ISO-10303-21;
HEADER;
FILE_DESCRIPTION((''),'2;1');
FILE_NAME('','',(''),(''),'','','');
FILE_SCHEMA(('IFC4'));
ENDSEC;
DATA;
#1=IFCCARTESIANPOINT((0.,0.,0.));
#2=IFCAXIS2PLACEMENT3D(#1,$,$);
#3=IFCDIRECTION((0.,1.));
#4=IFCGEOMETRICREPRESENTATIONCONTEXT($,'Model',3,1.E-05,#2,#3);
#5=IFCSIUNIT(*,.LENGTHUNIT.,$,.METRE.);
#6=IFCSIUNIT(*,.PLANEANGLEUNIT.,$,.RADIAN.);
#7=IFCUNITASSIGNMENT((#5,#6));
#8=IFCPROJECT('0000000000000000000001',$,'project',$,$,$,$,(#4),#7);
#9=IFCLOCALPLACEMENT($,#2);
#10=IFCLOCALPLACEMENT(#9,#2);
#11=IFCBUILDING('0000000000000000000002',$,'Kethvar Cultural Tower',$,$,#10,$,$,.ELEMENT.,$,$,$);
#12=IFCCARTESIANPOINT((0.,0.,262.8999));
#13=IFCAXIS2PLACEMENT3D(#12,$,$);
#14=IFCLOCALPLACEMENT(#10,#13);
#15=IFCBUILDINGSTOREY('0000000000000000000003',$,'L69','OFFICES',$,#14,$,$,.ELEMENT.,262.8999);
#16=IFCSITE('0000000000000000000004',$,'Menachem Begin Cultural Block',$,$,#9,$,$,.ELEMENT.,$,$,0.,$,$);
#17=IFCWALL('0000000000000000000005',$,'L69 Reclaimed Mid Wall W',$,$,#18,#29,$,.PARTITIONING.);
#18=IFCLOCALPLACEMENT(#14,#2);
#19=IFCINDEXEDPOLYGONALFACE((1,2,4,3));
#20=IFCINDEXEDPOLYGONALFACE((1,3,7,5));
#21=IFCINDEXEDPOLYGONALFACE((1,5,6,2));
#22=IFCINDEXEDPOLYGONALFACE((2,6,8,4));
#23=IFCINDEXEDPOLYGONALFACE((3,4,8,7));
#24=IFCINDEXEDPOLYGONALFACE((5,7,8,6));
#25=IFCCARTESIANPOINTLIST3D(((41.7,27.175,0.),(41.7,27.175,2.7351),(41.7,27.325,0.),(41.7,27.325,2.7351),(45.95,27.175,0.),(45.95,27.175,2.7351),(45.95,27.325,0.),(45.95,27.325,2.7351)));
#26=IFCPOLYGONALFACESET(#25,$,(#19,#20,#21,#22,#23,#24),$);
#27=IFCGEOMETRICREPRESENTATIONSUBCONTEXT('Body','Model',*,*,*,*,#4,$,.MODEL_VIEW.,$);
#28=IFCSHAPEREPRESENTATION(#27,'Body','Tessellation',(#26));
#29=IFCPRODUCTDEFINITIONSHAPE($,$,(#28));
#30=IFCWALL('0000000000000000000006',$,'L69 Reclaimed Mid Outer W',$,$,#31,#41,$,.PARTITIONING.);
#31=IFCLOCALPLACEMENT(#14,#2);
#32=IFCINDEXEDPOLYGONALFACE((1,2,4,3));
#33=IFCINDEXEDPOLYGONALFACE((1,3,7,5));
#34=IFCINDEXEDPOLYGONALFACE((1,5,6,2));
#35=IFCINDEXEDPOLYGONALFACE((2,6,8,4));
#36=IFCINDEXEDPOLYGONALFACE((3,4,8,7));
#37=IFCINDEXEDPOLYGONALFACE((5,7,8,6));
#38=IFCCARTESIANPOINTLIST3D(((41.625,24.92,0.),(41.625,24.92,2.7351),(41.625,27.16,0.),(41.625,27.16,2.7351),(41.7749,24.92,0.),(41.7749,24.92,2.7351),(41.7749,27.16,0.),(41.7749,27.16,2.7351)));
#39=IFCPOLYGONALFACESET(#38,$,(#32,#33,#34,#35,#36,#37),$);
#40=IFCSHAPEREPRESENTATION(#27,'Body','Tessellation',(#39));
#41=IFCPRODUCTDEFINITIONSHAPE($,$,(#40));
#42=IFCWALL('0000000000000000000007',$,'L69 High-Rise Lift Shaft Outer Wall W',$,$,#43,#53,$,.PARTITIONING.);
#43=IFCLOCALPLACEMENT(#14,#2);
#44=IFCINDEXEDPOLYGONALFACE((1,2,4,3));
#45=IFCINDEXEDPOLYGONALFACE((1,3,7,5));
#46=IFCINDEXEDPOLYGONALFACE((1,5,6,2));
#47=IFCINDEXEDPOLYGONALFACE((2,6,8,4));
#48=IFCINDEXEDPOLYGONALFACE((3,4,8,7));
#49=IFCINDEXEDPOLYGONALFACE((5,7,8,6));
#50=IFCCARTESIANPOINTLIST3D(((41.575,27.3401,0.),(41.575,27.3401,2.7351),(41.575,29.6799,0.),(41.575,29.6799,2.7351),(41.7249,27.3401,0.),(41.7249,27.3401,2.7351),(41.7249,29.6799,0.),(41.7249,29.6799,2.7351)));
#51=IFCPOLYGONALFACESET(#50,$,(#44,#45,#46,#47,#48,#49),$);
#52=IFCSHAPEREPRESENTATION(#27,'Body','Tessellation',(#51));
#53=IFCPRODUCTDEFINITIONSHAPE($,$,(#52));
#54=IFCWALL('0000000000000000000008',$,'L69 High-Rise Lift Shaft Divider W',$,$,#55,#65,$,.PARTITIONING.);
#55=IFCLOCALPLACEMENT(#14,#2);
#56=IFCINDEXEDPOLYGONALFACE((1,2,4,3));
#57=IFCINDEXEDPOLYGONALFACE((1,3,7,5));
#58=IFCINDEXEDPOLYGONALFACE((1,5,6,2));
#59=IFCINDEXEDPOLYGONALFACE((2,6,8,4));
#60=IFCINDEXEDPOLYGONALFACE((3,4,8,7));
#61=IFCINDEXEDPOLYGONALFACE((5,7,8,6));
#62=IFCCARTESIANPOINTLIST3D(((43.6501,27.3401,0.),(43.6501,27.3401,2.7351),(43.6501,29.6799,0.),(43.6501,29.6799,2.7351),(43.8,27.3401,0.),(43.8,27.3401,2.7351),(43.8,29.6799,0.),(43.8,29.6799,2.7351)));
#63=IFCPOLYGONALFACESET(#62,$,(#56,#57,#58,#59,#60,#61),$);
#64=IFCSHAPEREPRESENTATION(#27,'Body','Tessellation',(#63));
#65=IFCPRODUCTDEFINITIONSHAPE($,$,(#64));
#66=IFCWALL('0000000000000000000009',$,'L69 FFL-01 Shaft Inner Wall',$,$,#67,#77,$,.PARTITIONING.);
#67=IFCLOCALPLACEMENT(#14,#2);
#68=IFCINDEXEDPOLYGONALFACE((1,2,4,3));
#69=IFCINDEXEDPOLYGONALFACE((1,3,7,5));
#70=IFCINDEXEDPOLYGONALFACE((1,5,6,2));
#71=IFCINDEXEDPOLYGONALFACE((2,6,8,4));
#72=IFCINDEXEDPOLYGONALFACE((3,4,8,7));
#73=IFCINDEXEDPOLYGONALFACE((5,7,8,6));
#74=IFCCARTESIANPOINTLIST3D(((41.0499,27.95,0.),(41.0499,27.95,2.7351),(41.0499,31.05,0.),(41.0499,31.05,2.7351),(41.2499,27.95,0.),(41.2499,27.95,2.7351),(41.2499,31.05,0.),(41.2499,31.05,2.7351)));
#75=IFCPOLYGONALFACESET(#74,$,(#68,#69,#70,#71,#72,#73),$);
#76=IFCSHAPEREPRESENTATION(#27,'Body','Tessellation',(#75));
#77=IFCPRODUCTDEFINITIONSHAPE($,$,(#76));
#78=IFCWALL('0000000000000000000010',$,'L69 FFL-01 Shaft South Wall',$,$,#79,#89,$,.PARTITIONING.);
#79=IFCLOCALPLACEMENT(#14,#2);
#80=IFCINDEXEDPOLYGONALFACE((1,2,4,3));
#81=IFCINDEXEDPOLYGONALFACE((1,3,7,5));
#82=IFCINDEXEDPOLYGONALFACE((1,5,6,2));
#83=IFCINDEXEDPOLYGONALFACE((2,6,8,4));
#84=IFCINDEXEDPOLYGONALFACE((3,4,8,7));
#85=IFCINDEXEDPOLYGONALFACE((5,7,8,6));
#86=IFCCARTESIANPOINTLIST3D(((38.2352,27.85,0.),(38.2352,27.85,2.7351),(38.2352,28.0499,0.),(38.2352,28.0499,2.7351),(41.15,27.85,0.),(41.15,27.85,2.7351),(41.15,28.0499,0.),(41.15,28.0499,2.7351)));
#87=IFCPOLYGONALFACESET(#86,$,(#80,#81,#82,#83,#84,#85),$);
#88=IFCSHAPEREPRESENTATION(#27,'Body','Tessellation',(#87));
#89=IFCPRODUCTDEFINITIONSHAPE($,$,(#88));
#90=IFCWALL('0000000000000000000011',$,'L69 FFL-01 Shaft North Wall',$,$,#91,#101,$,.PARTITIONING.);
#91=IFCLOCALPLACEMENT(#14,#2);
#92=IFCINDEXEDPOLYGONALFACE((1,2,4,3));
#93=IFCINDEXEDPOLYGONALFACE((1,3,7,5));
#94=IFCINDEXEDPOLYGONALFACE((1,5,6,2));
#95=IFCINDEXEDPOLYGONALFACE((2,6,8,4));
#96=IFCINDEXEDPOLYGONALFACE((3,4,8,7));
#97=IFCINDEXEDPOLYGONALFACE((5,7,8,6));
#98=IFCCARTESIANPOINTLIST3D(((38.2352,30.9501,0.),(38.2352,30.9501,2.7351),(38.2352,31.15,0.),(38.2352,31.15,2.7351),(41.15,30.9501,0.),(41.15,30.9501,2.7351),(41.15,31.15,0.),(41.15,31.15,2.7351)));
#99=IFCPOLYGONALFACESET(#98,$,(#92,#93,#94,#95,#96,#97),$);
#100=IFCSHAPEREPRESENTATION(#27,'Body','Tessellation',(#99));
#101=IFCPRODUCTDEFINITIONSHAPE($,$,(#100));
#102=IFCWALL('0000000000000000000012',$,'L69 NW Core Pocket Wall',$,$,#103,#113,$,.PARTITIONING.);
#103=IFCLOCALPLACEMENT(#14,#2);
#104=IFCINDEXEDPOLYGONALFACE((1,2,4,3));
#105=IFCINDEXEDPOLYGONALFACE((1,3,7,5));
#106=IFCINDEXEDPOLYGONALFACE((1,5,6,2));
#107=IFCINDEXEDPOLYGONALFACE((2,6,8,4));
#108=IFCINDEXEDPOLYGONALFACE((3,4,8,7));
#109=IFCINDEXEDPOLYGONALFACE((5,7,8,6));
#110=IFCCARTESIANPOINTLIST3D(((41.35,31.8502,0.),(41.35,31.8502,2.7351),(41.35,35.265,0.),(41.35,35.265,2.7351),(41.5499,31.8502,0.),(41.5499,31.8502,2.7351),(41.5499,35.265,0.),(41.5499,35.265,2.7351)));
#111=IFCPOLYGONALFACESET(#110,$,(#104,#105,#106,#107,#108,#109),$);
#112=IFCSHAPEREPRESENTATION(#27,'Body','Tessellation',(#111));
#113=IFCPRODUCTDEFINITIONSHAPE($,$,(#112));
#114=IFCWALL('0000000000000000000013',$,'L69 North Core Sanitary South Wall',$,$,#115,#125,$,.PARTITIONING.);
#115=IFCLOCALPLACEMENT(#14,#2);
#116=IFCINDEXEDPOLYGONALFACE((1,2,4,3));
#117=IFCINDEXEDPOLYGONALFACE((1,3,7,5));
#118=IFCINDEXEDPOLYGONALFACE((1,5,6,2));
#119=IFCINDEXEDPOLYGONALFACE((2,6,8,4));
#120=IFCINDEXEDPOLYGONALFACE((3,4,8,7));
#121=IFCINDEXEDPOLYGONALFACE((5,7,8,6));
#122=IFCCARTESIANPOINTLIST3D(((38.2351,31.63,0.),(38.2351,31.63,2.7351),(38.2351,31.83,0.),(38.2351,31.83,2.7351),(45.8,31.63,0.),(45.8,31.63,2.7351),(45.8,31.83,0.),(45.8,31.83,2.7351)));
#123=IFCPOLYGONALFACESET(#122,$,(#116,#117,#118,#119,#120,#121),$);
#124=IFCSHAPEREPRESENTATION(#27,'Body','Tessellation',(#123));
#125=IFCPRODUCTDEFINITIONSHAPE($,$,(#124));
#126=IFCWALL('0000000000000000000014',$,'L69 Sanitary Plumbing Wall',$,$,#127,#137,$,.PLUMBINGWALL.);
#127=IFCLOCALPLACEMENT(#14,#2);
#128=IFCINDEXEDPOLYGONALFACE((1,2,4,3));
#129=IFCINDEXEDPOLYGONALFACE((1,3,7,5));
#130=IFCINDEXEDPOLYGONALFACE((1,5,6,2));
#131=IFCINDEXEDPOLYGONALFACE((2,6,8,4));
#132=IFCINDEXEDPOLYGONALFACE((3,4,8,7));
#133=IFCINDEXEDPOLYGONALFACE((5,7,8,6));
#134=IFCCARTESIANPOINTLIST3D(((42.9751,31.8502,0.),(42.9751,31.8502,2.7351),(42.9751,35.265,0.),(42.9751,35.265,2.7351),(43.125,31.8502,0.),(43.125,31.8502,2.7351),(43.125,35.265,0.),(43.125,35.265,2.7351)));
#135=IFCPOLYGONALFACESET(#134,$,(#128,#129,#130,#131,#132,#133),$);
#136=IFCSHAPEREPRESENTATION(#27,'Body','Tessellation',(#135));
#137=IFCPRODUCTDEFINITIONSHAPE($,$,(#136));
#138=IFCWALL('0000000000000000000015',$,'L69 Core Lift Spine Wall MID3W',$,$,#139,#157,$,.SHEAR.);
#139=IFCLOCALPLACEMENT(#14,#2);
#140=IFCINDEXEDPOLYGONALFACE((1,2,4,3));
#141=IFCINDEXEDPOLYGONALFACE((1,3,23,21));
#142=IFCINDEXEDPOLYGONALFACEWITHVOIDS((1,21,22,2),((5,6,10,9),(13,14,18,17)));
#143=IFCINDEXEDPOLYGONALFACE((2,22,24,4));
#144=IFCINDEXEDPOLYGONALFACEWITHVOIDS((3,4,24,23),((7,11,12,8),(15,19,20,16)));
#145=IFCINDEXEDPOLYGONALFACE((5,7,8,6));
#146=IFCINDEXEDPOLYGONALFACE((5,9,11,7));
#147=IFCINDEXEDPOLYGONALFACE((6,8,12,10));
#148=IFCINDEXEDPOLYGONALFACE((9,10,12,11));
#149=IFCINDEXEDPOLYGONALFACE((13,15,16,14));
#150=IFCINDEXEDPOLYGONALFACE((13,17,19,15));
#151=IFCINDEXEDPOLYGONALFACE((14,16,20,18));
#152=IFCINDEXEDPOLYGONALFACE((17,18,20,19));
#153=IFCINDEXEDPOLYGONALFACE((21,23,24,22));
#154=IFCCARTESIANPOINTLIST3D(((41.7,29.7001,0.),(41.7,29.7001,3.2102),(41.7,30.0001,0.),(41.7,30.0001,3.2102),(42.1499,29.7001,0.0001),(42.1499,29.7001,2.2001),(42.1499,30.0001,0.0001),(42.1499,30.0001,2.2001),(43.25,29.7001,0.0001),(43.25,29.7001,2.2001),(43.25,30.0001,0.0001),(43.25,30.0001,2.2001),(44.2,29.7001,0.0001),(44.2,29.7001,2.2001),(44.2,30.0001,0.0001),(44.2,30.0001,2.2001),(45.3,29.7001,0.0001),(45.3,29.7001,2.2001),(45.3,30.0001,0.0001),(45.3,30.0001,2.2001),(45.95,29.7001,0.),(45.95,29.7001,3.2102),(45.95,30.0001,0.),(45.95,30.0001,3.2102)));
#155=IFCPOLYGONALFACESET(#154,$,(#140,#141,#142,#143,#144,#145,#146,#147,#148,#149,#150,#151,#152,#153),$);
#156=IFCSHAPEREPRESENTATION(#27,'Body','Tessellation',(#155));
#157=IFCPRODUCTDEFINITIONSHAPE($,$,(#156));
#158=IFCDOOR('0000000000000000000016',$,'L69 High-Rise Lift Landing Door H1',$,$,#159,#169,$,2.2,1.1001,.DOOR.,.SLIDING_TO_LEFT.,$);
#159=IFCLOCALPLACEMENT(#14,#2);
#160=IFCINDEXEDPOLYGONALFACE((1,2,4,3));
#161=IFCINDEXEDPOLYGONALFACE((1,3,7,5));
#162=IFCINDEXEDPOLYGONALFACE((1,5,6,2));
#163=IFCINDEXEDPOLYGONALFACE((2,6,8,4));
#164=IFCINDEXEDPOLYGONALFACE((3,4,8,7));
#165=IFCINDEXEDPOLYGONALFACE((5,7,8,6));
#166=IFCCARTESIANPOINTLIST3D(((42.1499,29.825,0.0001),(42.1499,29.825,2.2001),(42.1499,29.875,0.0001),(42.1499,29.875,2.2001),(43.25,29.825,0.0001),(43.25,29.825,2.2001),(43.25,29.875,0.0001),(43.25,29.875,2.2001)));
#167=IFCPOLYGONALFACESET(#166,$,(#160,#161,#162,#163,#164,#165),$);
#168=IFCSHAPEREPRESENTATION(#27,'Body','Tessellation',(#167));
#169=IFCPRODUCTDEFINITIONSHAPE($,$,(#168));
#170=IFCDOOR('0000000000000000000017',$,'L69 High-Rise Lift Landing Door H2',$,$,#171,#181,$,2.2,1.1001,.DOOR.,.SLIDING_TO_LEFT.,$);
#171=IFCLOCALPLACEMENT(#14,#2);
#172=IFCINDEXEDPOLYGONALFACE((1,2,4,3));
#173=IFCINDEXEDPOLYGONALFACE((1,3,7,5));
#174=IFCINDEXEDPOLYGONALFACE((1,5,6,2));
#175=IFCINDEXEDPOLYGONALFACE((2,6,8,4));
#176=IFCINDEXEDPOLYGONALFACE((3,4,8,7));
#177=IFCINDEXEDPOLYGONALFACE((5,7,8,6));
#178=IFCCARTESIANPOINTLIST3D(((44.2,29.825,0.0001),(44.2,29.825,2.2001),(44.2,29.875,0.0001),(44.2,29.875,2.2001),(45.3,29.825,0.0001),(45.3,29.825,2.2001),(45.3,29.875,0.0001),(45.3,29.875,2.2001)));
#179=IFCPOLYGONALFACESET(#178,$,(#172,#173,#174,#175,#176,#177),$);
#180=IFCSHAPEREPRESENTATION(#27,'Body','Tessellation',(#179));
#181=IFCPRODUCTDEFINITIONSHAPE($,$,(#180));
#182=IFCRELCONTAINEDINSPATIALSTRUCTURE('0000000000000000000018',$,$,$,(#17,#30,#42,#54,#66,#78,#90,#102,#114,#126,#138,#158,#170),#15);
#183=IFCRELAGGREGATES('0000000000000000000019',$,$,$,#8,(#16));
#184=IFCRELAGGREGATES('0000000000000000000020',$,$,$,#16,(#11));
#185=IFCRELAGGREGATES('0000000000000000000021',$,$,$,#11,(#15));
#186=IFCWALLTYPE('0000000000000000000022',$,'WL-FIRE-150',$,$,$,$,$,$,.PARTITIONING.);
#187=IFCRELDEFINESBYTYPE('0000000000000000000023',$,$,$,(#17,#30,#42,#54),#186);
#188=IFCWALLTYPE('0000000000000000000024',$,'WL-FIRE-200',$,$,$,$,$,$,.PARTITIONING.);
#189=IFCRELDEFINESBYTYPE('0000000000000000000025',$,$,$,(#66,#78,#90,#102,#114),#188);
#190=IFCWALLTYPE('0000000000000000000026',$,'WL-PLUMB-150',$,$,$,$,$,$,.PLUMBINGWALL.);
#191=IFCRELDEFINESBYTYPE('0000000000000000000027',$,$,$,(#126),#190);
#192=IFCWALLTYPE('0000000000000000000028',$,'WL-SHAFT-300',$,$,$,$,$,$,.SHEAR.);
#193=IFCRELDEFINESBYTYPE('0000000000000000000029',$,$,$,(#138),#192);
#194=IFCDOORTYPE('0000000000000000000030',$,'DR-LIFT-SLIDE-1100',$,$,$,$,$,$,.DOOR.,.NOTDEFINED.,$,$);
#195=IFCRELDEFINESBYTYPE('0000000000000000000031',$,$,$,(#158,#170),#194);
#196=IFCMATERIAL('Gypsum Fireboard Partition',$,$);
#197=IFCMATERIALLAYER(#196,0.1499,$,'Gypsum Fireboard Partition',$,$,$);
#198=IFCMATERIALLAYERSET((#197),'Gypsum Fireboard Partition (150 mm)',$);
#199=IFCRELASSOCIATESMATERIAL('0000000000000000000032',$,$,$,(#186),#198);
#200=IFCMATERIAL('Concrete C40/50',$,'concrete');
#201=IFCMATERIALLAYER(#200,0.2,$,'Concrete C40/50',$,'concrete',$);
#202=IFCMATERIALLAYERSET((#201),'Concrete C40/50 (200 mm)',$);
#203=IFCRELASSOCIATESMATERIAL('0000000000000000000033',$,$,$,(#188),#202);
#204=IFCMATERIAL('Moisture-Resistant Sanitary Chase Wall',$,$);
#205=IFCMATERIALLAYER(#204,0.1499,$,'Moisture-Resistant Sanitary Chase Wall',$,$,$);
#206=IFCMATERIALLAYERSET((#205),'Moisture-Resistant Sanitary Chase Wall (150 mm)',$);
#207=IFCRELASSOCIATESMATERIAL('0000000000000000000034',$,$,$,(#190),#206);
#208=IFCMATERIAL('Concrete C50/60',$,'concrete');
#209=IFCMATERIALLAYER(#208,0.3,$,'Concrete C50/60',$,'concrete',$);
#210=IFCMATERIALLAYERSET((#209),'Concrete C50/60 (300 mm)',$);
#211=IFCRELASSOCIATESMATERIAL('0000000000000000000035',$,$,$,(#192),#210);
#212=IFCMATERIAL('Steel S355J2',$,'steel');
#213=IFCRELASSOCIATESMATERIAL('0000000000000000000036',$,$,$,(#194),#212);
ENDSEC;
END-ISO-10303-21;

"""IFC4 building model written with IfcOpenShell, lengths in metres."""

from ifc_helpers import new_model, si_unit, direction, frame, frame_2d, origin, place, context, subcontext, project, spatial, rectangle, extrude, source, transform, mapped, material, layer, layer_set, type_object, element, fill, save


model = new_model("IFC4")

# Units and contexts
model_context = context("Model", 3, precision=1e-05, world=origin(), true_north=direction((0.0, 1.0)))
body_context = subcontext(model_context, "Body", "Model", "MODEL_VIEW")
ifc_project = project(units=[si_unit("LENGTHUNIT", "METRE"), si_unit("PLANEANGLEUNIT", "RADIAN")], contexts=[model_context])

# Site, building, storey
site_placement = place(None, origin())
site = spatial("IfcSite", under=ifc_project, at=site_placement, Name="Menachem Begin Cultural Block", CompositionType="ELEMENT", RefElevation=0.0)
building_placement = place(site_placement, origin())
building = spatial("IfcBuilding", under=site, at=building_placement, Name="Kethvar Cultural Tower", CompositionType="ELEMENT")
storey_placement = place(building_placement, frame((0.0, 0.0, 262.8999)))
storey = spatial("IfcBuildingStorey", under=building, at=storey_placement, Name="L69", Description="OFFICES", CompositionType="ELEMENT", Elevation=262.8999)

# Shared definitions
ifc_material_1 = material(Name="Steel S355J2", Category="steel")

# Walls
ifc_material_2 = material(Name="Gypsum Fireboard Partition")
ifc_layer_1 = layer(ifc_material_2, 0.1499, Name="Gypsum Fireboard Partition")
ifc_layer_set_1 = layer_set([ifc_layer_1], Name="Gypsum Fireboard Partition (150 mm)")
wall_type_1 = type_object("IfcWallType", Name="WL-FIRE-150", PredefinedType="PARTITIONING", material=ifc_layer_set_1)
wall_1_placement = place(storey_placement, frame((41.7, 27.25, 0.0), z_axis=(0.0, 0.0, 1.0), x_axis=(1.0, 0.0, 0.0)))
element("IfcWall", 1, at=wall_1_placement, inside=storey, type_object=wall_type_1, Name="L69 Reclaimed Mid Wall W", PredefinedType="PARTITIONING", context=body_context, shape_type="SweptSolid", body=[
    extrude(rectangle(XDim=4.25, YDim=0.1499, at=frame_2d((2.125, 0.0))), origin(), (0.0, 0.0, 1.0), 2.7351),
])
wall_2_placement = place(storey_placement, frame((41.7, 24.9199, 0.0), z_axis=(0.0, 0.0, 1.0), x_axis=(0.0, 1.0, 0.0)))
element("IfcWall", 2, at=wall_2_placement, inside=storey, type_object=wall_type_1, Name="L69 Reclaimed Mid Outer W", PredefinedType="PARTITIONING", context=body_context, shape_type="SweptSolid", body=[
    extrude(rectangle(XDim=2.24, YDim=0.1499, at=frame_2d((1.1201, 0.0))), origin(), (0.0, 0.0, 1.0), 2.7351),
])
for number, where, z_axis, x_axis, name in (
    (3, (41.6499, 27.3401, 0.0), (0.0, 0.0, 1.0), (0.0, 1.0, 0.0), "L69 High-Rise Lift Shaft Outer Wall W"),
    (4, (43.7251, 27.3401, 0.0), (0.0, 0.0, 1.0), (0.0, 1.0, 0.0), "L69 High-Rise Lift Shaft Divider W"),
):
    element("IfcWall", number, at=place(storey_placement, frame(where, z_axis=z_axis, x_axis=x_axis)), inside=storey, type_object=wall_type_1, Name=name, PredefinedType="PARTITIONING", context=body_context, shape_type="SweptSolid", body=[
        extrude(rectangle(XDim=2.3398, YDim=0.1499, at=frame_2d((1.1699, 0.0))), origin(), (0.0, 0.0, 1.0), 2.7351),
    ])
ifc_material_3 = material(Name="Concrete C40/50", Category="concrete")
ifc_layer_2 = layer(ifc_material_3, 0.2, Name="Concrete C40/50", Category="concrete")
ifc_layer_set_2 = layer_set([ifc_layer_2], Name="Concrete C40/50 (200 mm)")
wall_type_2 = type_object("IfcWallType", Name="WL-FIRE-200", PredefinedType="PARTITIONING", material=ifc_layer_set_2)
wall_3_placement = place(storey_placement, frame((41.1499, 27.95, 0.0), z_axis=(0.0, 0.0, 1.0), x_axis=(0.0, 1.0, 0.0)))
element("IfcWall", 5, at=wall_3_placement, inside=storey, type_object=wall_type_2, Name="L69 FFL-01 Shaft Inner Wall", PredefinedType="PARTITIONING", context=body_context, shape_type="SweptSolid", body=[
    extrude(rectangle(XDim=3.1001, YDim=0.2, at=frame_2d((1.55, 0.0))), origin(), (0.0, 0.0, 1.0), 2.7351),
])
for number, where, z_axis, x_axis, name in (
    (6, (38.2351, 27.95, 0.0), (0.0, 0.0, 1.0), (1.0, 0.0, 0.0), "L69 FFL-01 Shaft South Wall"),
    (7, (38.2351, 31.05, 0.0), (0.0, 0.0, 1.0), (1.0, 0.0, 0.0), "L69 FFL-01 Shaft North Wall"),
):
    element("IfcWall", number, at=place(storey_placement, frame(where, z_axis=z_axis, x_axis=x_axis)), inside=storey, type_object=wall_type_2, Name=name, PredefinedType="PARTITIONING", context=body_context, shape_type="SweptSolid", body=[
        extrude(rectangle(XDim=2.9148, YDim=0.2, at=frame_2d((1.4575, 0.0))), origin(), (0.0, 0.0, 1.0), 2.7351),
    ])
wall_4_placement = place(storey_placement, frame((41.45, 31.8501, 0.0), z_axis=(0.0, 0.0, 1.0), x_axis=(0.0, 1.0, 0.0)))
element("IfcWall", 8, at=wall_4_placement, inside=storey, type_object=wall_type_2, Name="L69 NW Core Pocket Wall", PredefinedType="PARTITIONING", context=body_context, shape_type="SweptSolid", body=[
    extrude(rectangle(XDim=3.4148, YDim=0.2, at=frame_2d((1.7075, 0.0))), origin(), (0.0, 0.0, 1.0), 2.7351),
])
wall_5_placement = place(storey_placement, frame((38.2351, 31.73, 0.0), z_axis=(0.0, 0.0, 1.0), x_axis=(1.0, 0.0, 0.0)))
element("IfcWall", 9, at=wall_5_placement, inside=storey, type_object=wall_type_2, Name="L69 North Core Sanitary South Wall", PredefinedType="PARTITIONING", context=body_context, shape_type="SweptSolid", body=[
    extrude(rectangle(XDim=7.5649, YDim=0.2, at=frame_2d((3.7825, 0.0))), origin(), (0.0, 0.0, 1.0), 2.7351),
])
ifc_material_4 = material(Name="Moisture-Resistant Sanitary Chase Wall")
ifc_layer_3 = layer(ifc_material_4, 0.1499, Name="Moisture-Resistant Sanitary Chase Wall")
ifc_layer_set_3 = layer_set([ifc_layer_3], Name="Moisture-Resistant Sanitary Chase Wall (150 mm)")
wall_type_3 = type_object("IfcWallType", Name="WL-PLUMB-150", PredefinedType="PLUMBINGWALL", material=ifc_layer_set_3)
wall_6_placement = place(storey_placement, frame((43.05, 31.8501, 0.0), z_axis=(0.0, 0.0, 1.0), x_axis=(0.0, 1.0, 0.0)))
element("IfcWall", 10, at=wall_6_placement, inside=storey, type_object=wall_type_3, Name="L69 Sanitary Plumbing Wall", PredefinedType="PLUMBINGWALL", context=body_context, shape_type="SweptSolid", body=[
    extrude(rectangle(XDim=3.4148, YDim=0.1499, at=frame_2d((1.7075, 0.0))), origin(), (0.0, 0.0, 1.0), 2.7351),
])

# Shared definitions
ifc_material_5 = material(Name="Concrete C50/60", Category="concrete")
ifc_layer_4 = layer(ifc_material_5, 0.3, Name="Concrete C50/60", Category="concrete")
ifc_layer_set_4 = layer_set([ifc_layer_4], Name="Concrete C50/60 (300 mm)")
wall_type_4 = type_object("IfcWallType", Name="WL-SHAFT-300", PredefinedType="SHEAR", material=ifc_layer_set_4)

# Wall, openings, doors
wall_7_placement = place(storey_placement, frame((41.7, 29.8501, 0.0), z_axis=(0.0, 0.0, 1.0), x_axis=(1.0, 0.0, 0.0)))
wall_7 = element("IfcWall", 11, at=wall_7_placement, inside=storey, type_object=wall_type_4, Name="L69 Core Lift Spine Wall MID3W", PredefinedType="SHEAR", context=body_context, shape_type="SweptSolid", body=[
    extrude(rectangle(XDim=4.25, YDim=0.3, at=frame_2d((2.125, 0.0))), origin(), (0.0, 0.0, 1.0), 3.2102),
])
opening_1_placement = place(wall_7_placement, frame((0.45, 0.0, 0.0)))
opening_1 = element("IfcOpeningElement", 12, at=opening_1_placement, cuts=wall_7, PredefinedType="OPENING", context=body_context, shape_type="SweptSolid", body=[
    extrude(rectangle(XDim=1.1001, YDim=2.2, at=frame_2d((0.55, 1.1001))), frame((0.0, 0.1599, 0.0), z_axis=(0.0, -1.0, 0.0), x_axis=(1.0, 0.0, 0.0)), (0.0, 0.0, 1.0), 0.3201),
])
opening_2_placement = place(wall_7_placement, frame((2.5, 0.0, 0.0)))
opening_2 = element("IfcOpeningElement", 13, at=opening_2_placement, cuts=wall_7, PredefinedType="OPENING", context=body_context, shape_type="SweptSolid", body=[
    extrude(rectangle(XDim=1.1001, YDim=2.2, at=frame_2d((0.55, 1.1001))), frame((0.0, 0.1599, 0.0), z_axis=(0.0, -1.0, 0.0), x_axis=(1.0, 0.0, 0.0)), (0.0, 0.0, 1.0), 0.3201),
])
door_type_1 = type_object("IfcDoorType", Name="DR-LIFT-SLIDE-1100", OperationType="NOTDEFINED", PredefinedType="DOOR", material=ifc_material_1)
shared_shape_1 = source(origin(), body_context, "Body", "SweptSolid", [
    extrude(rectangle(XDim=1.1001, YDim=2.2, at=frame_2d((0.55, 1.1001))), frame((0.0, 0.0249, 0.0), z_axis=(0.0, -1.0, 0.0), x_axis=(1.0, 0.0, 0.0)), (0.0, 0.0, 1.0), 0.05),
])
door_1_placement = place(opening_1_placement, origin())
door_1 = element("IfcDoor", 14, at=door_1_placement, inside=storey, type_object=door_type_1, Name="L69 High-Rise Lift Landing Door H1", OperationType="SLIDING_TO_LEFT", OverallHeight=2.2, OverallWidth=1.1001, PredefinedType="DOOR", context=body_context, shape_type="MappedRepresentation", body=[
    mapped(shared_shape_1, transform((0.0, 0.0, 0.0), scale=1.0)),
])
fill(opening_1, door_1)
door_2_placement = place(opening_2_placement, origin())
door_2 = element("IfcDoor", 15, at=door_2_placement, inside=storey, type_object=door_type_1, Name="L69 High-Rise Lift Landing Door H2", OperationType="SLIDING_TO_LEFT", OverallHeight=2.2, OverallWidth=1.1001, PredefinedType="DOOR", context=body_context, shape_type="MappedRepresentation", body=[
    mapped(shared_shape_1, transform((0.0, 0.0, 0.0), scale=1.0)),
])
fill(opening_2, door_2)

save(model, "model.ifc")
